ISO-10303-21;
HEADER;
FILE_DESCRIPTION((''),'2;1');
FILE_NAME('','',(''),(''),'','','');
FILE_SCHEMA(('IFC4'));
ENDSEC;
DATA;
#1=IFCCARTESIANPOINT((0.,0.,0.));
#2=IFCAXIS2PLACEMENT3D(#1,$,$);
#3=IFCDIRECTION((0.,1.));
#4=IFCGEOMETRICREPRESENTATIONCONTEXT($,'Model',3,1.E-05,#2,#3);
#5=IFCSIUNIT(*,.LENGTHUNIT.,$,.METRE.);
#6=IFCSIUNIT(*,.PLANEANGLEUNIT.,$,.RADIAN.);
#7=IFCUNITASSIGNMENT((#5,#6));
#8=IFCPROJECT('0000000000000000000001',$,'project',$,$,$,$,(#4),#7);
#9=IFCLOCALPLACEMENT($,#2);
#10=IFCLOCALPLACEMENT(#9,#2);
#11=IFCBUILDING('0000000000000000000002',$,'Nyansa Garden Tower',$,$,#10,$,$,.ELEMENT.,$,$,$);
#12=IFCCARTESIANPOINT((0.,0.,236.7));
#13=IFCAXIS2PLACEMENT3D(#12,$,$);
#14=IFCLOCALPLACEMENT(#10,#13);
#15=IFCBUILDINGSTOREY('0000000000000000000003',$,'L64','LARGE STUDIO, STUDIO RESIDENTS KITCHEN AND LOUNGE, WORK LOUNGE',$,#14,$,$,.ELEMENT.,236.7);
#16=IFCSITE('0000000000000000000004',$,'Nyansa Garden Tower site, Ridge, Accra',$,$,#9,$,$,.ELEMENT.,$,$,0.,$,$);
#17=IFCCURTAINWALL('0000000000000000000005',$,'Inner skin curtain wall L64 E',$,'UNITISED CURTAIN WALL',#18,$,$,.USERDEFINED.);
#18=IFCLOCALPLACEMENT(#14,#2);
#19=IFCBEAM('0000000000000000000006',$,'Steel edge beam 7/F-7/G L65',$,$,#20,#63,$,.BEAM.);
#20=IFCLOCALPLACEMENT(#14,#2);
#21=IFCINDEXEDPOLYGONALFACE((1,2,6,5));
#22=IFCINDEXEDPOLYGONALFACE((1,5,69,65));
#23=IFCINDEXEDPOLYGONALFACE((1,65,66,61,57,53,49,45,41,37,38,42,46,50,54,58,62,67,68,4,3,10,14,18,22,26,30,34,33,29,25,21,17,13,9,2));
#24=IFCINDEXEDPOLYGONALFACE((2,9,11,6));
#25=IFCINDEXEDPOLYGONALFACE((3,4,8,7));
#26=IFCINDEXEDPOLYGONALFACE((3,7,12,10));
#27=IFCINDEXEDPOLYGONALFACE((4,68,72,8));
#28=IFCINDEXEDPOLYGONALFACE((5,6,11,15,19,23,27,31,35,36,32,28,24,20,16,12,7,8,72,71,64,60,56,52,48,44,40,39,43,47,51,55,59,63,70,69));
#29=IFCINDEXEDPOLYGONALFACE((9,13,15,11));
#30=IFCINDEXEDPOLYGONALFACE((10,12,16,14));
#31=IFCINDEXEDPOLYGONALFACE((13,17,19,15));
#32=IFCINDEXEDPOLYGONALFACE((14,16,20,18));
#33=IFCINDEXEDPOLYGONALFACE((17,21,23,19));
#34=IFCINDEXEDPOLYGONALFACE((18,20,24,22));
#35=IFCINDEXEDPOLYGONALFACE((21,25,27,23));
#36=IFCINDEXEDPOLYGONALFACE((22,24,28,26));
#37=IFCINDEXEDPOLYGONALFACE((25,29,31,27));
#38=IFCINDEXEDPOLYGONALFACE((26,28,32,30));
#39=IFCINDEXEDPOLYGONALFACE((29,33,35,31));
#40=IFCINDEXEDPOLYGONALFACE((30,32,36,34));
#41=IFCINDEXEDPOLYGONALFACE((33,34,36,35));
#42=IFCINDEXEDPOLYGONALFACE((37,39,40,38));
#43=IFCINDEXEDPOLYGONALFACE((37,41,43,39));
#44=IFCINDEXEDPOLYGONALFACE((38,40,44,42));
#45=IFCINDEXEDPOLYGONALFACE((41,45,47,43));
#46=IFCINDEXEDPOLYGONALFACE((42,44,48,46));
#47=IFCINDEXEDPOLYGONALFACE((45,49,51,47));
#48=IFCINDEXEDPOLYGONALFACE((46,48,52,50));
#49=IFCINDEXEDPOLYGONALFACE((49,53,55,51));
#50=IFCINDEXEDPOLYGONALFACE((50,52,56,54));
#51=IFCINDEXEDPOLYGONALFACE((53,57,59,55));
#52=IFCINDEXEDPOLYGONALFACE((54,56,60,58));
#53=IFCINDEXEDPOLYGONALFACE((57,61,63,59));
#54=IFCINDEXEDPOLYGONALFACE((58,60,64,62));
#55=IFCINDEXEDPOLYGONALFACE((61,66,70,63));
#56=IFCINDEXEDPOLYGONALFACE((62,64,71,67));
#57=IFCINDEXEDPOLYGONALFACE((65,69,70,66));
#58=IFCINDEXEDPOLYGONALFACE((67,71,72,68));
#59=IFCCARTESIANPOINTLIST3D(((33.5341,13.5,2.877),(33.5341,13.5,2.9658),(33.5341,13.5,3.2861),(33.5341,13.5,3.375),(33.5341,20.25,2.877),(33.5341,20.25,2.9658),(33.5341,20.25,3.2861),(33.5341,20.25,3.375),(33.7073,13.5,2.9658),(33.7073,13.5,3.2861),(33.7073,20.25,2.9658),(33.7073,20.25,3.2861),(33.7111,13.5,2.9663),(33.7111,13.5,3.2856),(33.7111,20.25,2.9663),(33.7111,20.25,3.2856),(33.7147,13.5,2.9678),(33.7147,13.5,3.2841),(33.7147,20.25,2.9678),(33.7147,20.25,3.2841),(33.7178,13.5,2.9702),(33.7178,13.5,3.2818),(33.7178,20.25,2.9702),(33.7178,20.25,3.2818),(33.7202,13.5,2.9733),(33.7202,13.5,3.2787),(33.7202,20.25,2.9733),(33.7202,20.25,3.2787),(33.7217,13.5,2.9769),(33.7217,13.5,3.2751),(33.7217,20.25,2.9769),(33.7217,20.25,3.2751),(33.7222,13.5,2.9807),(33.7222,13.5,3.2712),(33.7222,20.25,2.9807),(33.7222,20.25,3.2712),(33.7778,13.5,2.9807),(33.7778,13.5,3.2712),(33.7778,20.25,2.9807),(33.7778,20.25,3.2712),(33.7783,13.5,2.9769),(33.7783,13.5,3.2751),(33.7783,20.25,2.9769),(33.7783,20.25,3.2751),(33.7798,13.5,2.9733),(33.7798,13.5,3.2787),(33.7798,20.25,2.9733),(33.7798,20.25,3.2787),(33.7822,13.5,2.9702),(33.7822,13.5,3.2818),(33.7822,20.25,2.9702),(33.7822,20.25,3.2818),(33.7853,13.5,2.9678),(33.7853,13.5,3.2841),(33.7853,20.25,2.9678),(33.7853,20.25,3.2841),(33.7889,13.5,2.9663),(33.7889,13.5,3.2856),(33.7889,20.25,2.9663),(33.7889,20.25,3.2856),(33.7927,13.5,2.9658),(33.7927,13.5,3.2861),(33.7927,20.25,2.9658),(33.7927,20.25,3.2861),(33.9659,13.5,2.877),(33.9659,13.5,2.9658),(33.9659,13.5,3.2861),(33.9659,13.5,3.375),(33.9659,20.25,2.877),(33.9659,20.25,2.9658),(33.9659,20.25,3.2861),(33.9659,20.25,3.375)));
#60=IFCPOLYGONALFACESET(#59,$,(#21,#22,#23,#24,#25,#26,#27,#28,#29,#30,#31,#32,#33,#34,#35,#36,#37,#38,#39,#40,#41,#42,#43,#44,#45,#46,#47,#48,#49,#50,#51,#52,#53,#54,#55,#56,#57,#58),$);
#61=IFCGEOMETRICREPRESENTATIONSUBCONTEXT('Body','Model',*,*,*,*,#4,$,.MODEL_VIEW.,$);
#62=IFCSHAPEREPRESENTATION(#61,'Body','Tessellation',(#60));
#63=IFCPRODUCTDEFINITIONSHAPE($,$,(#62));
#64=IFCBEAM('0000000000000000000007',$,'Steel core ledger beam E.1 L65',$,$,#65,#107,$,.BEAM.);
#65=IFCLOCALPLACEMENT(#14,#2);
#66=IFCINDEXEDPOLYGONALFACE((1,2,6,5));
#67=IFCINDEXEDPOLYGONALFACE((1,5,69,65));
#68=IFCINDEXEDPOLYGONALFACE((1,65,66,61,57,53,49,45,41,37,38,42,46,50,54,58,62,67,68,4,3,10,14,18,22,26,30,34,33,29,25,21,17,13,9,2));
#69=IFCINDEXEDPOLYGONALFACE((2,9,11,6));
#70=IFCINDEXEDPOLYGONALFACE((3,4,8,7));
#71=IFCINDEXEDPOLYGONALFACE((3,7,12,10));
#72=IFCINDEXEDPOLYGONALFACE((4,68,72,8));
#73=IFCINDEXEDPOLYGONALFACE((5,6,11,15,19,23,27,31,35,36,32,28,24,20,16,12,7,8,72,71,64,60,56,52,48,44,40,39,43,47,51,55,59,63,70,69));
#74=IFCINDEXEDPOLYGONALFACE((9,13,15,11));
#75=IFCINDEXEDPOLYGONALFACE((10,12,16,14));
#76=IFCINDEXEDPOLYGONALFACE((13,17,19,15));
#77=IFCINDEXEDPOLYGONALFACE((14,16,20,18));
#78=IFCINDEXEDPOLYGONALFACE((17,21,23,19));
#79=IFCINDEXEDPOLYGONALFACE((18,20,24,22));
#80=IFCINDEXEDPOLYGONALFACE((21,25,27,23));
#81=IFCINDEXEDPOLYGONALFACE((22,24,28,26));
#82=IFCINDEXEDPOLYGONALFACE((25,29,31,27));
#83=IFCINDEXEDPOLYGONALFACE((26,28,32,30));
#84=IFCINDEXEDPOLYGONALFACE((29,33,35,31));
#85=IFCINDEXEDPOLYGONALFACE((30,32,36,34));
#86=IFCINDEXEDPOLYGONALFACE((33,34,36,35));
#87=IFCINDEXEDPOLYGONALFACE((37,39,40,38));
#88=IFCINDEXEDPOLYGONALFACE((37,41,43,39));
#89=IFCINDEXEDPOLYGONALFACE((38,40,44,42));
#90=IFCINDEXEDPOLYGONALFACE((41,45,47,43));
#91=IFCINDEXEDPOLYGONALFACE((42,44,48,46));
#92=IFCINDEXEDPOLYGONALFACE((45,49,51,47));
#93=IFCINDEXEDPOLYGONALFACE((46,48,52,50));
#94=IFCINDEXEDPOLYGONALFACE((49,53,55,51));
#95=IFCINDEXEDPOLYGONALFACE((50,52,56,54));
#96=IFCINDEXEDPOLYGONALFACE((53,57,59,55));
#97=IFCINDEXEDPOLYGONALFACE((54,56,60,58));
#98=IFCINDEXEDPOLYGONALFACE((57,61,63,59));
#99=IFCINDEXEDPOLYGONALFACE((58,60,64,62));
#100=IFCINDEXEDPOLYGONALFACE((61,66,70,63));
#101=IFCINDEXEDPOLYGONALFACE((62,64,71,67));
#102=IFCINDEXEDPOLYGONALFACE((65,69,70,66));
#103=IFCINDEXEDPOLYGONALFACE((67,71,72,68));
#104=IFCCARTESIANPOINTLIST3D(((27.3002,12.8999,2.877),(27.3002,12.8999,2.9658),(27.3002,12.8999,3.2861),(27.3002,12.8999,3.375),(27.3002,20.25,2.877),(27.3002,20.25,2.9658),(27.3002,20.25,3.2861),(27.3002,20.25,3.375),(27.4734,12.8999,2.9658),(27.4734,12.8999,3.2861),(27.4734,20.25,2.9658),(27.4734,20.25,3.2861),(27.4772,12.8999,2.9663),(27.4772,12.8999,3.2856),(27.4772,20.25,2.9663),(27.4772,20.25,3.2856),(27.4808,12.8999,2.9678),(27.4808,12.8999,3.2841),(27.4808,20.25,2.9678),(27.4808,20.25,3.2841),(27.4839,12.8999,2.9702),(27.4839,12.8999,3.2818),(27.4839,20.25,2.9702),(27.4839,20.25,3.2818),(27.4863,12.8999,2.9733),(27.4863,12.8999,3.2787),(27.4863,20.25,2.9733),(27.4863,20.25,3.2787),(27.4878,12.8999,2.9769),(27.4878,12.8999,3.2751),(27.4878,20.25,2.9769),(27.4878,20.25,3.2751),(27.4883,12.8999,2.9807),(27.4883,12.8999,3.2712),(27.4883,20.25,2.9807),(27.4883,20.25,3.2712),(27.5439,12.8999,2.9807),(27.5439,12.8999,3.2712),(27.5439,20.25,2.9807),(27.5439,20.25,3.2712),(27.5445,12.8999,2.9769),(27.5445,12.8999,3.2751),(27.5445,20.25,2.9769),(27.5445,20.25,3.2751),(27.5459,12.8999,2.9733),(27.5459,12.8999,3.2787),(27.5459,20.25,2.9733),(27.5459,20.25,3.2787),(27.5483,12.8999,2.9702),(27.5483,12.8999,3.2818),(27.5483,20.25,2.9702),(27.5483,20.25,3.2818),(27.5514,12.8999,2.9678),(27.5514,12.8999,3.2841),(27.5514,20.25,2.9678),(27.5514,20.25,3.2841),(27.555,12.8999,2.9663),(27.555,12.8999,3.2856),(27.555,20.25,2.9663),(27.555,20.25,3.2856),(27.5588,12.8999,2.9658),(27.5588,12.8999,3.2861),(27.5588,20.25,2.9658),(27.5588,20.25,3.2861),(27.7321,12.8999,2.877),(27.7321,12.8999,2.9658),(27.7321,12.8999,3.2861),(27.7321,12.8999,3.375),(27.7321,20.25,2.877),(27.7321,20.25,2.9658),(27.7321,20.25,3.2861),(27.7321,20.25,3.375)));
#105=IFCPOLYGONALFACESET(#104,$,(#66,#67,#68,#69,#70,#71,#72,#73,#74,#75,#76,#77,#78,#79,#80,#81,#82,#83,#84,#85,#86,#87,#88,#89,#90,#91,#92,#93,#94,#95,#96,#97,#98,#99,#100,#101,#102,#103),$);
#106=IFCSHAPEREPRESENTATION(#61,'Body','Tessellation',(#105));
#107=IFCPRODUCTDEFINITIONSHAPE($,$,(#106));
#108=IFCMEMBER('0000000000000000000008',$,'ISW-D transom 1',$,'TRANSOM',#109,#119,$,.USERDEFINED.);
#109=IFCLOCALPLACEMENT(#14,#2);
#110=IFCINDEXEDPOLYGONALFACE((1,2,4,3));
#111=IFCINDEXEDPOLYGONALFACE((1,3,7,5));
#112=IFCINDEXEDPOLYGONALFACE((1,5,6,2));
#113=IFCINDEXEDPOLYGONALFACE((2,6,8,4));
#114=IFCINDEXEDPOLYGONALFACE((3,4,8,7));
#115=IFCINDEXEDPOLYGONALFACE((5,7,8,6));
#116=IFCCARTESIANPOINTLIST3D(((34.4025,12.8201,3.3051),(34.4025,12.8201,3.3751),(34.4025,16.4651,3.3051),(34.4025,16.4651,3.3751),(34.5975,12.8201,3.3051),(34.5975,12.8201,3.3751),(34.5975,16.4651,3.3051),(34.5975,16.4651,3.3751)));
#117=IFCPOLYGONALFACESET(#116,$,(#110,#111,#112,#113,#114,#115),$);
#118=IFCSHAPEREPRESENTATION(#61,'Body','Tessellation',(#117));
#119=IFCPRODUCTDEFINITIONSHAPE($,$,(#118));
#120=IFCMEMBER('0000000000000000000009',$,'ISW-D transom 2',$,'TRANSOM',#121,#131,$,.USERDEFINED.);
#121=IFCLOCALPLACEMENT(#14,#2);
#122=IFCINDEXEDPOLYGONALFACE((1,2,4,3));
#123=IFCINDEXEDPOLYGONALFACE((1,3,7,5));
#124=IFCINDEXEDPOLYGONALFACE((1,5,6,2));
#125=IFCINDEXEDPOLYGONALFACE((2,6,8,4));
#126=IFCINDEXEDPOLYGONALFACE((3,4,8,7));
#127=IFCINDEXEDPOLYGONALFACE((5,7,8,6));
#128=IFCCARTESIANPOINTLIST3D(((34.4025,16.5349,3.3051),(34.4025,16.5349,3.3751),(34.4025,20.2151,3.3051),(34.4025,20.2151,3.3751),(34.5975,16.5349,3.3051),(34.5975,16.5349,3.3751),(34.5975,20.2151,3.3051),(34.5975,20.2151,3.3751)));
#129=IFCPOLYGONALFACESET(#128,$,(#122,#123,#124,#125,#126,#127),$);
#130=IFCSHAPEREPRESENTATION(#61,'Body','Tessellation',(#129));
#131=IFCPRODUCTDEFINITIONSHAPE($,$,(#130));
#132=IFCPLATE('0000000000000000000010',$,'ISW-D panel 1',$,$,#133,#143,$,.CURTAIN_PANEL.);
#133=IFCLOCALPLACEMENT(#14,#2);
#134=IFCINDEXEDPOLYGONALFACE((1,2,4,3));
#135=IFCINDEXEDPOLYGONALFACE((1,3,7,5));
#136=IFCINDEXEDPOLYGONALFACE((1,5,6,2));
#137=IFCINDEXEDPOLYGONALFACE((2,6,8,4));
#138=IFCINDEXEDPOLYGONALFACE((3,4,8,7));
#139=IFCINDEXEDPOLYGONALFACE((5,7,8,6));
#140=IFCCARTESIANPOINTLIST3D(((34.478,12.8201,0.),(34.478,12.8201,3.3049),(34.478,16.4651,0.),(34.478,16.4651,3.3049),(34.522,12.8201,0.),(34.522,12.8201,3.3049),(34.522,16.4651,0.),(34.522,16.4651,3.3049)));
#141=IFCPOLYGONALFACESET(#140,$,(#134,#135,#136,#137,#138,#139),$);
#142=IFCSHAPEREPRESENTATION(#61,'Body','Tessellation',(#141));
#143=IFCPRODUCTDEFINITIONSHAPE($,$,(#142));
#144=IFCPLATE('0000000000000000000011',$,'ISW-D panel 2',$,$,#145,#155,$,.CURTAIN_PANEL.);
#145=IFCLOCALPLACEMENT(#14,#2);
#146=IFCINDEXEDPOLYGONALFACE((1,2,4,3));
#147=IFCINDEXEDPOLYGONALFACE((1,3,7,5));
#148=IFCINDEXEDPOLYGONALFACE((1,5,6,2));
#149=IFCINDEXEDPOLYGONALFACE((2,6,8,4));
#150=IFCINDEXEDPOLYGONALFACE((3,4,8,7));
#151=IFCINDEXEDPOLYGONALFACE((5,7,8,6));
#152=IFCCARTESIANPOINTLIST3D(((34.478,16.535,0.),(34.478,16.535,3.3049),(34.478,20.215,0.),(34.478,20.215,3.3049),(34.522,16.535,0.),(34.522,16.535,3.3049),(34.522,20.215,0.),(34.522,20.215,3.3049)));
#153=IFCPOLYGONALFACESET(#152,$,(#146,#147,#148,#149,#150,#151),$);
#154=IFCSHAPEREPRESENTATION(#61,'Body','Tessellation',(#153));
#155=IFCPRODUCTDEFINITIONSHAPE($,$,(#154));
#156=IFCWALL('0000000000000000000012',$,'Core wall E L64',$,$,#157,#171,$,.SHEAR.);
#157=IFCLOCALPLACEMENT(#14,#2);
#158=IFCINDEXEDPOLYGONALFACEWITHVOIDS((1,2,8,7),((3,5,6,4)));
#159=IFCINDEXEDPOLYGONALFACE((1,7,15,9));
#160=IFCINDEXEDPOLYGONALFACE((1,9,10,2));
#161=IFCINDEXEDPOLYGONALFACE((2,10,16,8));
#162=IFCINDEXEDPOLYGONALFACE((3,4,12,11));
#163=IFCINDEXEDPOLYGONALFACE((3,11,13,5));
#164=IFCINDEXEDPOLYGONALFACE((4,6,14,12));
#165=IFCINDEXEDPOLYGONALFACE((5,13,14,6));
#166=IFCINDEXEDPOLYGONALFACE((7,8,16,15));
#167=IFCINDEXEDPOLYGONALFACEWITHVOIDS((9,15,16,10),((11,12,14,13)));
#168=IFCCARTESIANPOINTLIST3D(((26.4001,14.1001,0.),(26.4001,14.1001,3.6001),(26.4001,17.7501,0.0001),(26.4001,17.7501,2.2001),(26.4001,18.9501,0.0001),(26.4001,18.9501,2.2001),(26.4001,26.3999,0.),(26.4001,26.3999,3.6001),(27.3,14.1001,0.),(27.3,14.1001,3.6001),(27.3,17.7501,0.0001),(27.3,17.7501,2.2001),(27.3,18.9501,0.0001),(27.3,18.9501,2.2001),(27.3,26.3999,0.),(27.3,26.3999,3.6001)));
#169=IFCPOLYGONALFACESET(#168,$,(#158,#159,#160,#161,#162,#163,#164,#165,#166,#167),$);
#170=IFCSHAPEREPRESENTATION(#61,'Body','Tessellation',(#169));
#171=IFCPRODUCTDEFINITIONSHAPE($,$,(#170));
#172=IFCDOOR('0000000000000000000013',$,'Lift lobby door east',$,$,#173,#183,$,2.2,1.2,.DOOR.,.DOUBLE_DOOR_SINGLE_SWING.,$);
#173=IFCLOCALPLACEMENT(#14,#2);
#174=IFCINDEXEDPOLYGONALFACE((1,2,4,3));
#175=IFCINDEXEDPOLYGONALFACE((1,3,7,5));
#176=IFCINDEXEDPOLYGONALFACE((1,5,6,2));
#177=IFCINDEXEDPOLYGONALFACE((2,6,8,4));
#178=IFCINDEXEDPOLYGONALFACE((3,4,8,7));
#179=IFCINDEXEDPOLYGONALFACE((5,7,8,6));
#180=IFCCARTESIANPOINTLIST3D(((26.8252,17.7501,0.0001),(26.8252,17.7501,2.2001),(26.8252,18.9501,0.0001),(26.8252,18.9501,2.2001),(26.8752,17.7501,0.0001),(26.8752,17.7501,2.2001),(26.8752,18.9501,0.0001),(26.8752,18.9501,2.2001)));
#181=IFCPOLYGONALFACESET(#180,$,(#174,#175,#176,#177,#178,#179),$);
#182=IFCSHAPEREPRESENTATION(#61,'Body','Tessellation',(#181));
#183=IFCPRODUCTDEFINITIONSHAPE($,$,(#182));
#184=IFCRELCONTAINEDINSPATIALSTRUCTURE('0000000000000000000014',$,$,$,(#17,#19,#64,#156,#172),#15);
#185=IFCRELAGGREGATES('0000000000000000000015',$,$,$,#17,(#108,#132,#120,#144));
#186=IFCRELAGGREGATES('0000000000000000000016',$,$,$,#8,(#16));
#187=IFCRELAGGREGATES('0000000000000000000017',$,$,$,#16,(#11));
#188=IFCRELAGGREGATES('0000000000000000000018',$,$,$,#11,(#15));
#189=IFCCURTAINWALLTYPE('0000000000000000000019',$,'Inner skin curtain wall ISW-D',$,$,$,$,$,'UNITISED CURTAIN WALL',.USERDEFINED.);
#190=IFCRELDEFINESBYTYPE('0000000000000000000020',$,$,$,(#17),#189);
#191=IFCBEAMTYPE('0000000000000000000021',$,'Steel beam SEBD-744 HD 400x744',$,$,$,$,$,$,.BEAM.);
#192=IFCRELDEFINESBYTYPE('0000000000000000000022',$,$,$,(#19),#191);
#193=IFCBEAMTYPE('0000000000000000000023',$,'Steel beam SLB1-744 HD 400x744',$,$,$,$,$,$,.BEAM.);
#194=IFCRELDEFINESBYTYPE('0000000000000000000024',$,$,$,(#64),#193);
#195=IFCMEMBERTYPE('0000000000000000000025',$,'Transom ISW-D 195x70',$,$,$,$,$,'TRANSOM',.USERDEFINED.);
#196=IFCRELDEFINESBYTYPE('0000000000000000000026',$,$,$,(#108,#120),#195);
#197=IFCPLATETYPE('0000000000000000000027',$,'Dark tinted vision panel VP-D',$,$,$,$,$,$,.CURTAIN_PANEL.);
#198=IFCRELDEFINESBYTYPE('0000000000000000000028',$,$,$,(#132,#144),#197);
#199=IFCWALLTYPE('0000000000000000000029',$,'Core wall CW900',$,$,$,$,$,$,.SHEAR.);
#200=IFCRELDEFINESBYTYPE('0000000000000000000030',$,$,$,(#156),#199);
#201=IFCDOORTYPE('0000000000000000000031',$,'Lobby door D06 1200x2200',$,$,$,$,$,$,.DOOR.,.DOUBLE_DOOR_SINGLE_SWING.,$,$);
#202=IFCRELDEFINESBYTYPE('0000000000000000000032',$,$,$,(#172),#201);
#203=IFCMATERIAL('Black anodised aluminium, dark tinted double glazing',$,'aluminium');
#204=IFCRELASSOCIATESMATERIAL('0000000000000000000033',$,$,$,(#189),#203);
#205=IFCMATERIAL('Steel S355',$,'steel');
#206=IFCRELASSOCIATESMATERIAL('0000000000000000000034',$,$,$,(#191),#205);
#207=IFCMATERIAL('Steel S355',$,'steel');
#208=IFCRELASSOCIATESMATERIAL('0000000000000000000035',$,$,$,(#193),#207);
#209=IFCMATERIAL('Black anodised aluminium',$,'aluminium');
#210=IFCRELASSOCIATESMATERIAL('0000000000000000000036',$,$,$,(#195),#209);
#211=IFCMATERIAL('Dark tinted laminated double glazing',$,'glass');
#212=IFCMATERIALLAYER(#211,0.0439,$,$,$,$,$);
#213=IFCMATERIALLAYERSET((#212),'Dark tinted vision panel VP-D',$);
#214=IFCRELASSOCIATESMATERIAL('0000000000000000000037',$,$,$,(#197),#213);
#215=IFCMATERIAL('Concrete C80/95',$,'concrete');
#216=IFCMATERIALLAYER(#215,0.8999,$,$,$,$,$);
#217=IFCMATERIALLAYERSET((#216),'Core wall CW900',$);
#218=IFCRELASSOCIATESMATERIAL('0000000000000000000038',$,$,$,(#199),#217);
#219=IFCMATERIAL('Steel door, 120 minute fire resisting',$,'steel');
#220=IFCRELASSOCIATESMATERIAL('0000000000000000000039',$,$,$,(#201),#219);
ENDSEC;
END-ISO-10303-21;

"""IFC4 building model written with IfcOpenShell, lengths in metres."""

from ifc_helpers import new_model, si_unit, direction, frame, frame_2d, origin, origin_2d, place, context, subcontext, project, spatial, rectangle, i_section, extrude, material, layer, layer_set, material_profile, profile_set, type_object, element, fill, aggregate, save


model = new_model("IFC4")

# Units and contexts
model_context = context("Model", 3, precision=1e-05, world=origin(), true_north=direction((0.0, 1.0)))
body_context = subcontext(model_context, "Body", "Model", "MODEL_VIEW")
ifc_project = project(units=[si_unit("LENGTHUNIT", "METRE"), si_unit("PLANEANGLEUNIT", "RADIAN")], contexts=[model_context])

# Site, building, storey
site_placement = place(None, origin())
site = spatial("IfcSite", under=ifc_project, at=site_placement, Name="Nyansa Garden Tower site, Ridge, Accra", CompositionType="ELEMENT", RefElevation=0.0)
building_placement = place(site_placement, origin())
building = spatial("IfcBuilding", under=site, at=building_placement, Name="Nyansa Garden Tower", CompositionType="ELEMENT")
storey_placement = place(building_placement, frame((0.0, 0.0, 236.7)))
storey = spatial("IfcBuildingStorey", under=building, at=storey_placement, Name="L64", Description="LARGE STUDIO, STUDIO RESIDENTS KITCHEN AND LOUNGE, WORK LOUNGE", CompositionType="ELEMENT", Elevation=236.7)

# Curtain wall
ifc_material_1 = material(Name="Black anodised aluminium, dark tinted double glazing", Category="aluminium")
curtain_wall_type = type_object("IfcCurtainWallType", Name="Inner skin curtain wall ISW-D", ElementType="UNITISED CURTAIN WALL", PredefinedType="USERDEFINED", material=ifc_material_1)
curtain_wall_placement = place(storey_placement, origin())
curtain_wall = element("IfcCurtainWall", 1, at=curtain_wall_placement, inside=storey, type_object=curtain_wall_type, Name="Inner skin curtain wall L64 E", ObjectType="UNITISED CURTAIN WALL", PredefinedType="USERDEFINED")

# Beams
ifc_material_2 = material(Name="Steel S355", Category="steel")
ifc_material_profile_1 = material_profile(ifc_material_2, i_section(OverallWidth=0.4319, OverallDepth=0.498, WebThickness=0.0557, FlangeThickness=0.0889, FilletRadius=0.0149, at=origin_2d()), Name="HD 400x744")
ifc_profile_set_1 = profile_set([ifc_material_profile_1], Name="Steel S355")
beam_type_1 = type_object("IfcBeamType", Name="Steel beam SEBD-744 HD 400x744", PredefinedType="BEAM", material=ifc_profile_set_1)
beam_1_placement = place(storey_placement, frame((33.75, 13.5, 3.126), z_axis=(0.0, 1.0, 0.0), x_axis=(-1.0, 0.0, 0.0)))
element("IfcBeam", 2, at=beam_1_placement, inside=storey, type_object=beam_type_1, Name="Steel edge beam 7/F-7/G L65", PredefinedType="BEAM", context=body_context, shape_type="SweptSolid", body=[
    extrude(i_section(OverallWidth=0.4319, OverallDepth=0.498, WebThickness=0.0557, FlangeThickness=0.0889, FilletRadius=0.0149, at=origin_2d()), origin(), (0.0, 0.0, 1.0), 6.75),
])
ifc_material_3 = material(Name="Steel S355", Category="steel")
ifc_material_profile_2 = material_profile(ifc_material_3, i_section(OverallWidth=0.4319, OverallDepth=0.498, WebThickness=0.0557, FlangeThickness=0.0889, FilletRadius=0.0149, at=origin_2d()), Name="HD 400x744")
ifc_profile_set_2 = profile_set([ifc_material_profile_2], Name="Steel S355")
beam_type_2 = type_object("IfcBeamType", Name="Steel beam SLB1-744 HD 400x744", PredefinedType="BEAM", material=ifc_profile_set_2)
beam_2_placement = place(storey_placement, frame((27.5161, 12.8999, 3.126), z_axis=(0.0, 1.0, 0.0), x_axis=(-1.0, 0.0, 0.0)))
element("IfcBeam", 3, at=beam_2_placement, inside=storey, type_object=beam_type_2, Name="Steel core ledger beam E.1 L65", PredefinedType="BEAM", context=body_context, shape_type="SweptSolid", body=[
    extrude(i_section(OverallWidth=0.4319, OverallDepth=0.498, WebThickness=0.0557, FlangeThickness=0.0889, FilletRadius=0.0149, at=origin_2d()), origin(), (0.0, 0.0, 1.0), 7.3501),
])

# Members
ifc_material_4 = material(Name="Black anodised aluminium", Category="aluminium")
ifc_material_profile_3 = material_profile(ifc_material_4, rectangle(XDim=0.1951, YDim=0.0701, at=origin_2d()), Name="Transom 195x70")
ifc_profile_set_3 = profile_set([ifc_material_profile_3], Name="Black anodised aluminium")
member_type_1 = type_object("IfcMemberType", Name="Transom ISW-D 195x70", ElementType="TRANSOM", PredefinedType="USERDEFINED", material=ifc_profile_set_3)
member_1_placement = place(storey_placement, frame((34.5, 12.8201, 3.3401), z_axis=(0.0, 1.0, 0.0), x_axis=(-1.0, 0.0, 0.0)))
member_1 = element("IfcMember", 4, at=member_1_placement, type_object=member_type_1, Name="ISW-D transom 1", ObjectType="TRANSOM", PredefinedType="USERDEFINED", context=body_context, shape_type="SweptSolid", body=[
    extrude(rectangle(XDim=0.1951, YDim=0.0701, at=origin_2d()), origin(), (0.0, 0.0, 1.0), 3.645),
])
member_2_placement = place(storey_placement, frame((34.5, 16.5349, 3.3401), z_axis=(0.0, 1.0, 0.0), x_axis=(-1.0, 0.0, 0.0)))
member_2 = element("IfcMember", 5, at=member_2_placement, type_object=member_type_1, Name="ISW-D transom 2", ObjectType="TRANSOM", PredefinedType="USERDEFINED", context=body_context, shape_type="SweptSolid", body=[
    extrude(rectangle(XDim=0.1951, YDim=0.0701, at=origin_2d()), origin(), (0.0, 0.0, 1.0), 3.6802),
])

# Plates
ifc_material_5 = material(Name="Dark tinted laminated double glazing", Category="glass")
ifc_layer_1 = layer(ifc_material_5, 0.0439)
ifc_layer_set_1 = layer_set([ifc_layer_1], Name="Dark tinted vision panel VP-D")
plate_type = type_object("IfcPlateType", Name="Dark tinted vision panel VP-D", PredefinedType="CURTAIN_PANEL", material=ifc_layer_set_1)
plate_1_placement = place(storey_placement, frame((34.5, 14.6426, 0.0), z_axis=(0.0, 0.0, 1.0), x_axis=(0.0, 1.0, 0.0)))
plate_1 = element("IfcPlate", 6, at=plate_1_placement, type_object=plate_type, Name="ISW-D panel 1", PredefinedType="CURTAIN_PANEL", context=body_context, shape_type="SweptSolid", body=[
    extrude(rectangle(XDim=3.645, YDim=0.0439, at=origin_2d()), origin(), (0.0, 0.0, 1.0), 3.3049),
])
plate_2_placement = place(storey_placement, frame((34.5, 18.375, 0.0), z_axis=(0.0, 0.0, 1.0), x_axis=(0.0, 1.0, 0.0)))
plate_2 = element("IfcPlate", 7, at=plate_2_placement, type_object=plate_type, Name="ISW-D panel 2", PredefinedType="CURTAIN_PANEL", context=body_context, shape_type="SweptSolid", body=[
    extrude(rectangle(XDim=3.6799, YDim=0.0439, at=origin_2d()), origin(), (0.0, 0.0, 1.0), 3.3049),
])
aggregate(curtain_wall, [member_1, plate_1, member_2, plate_2])

# Wall, opening, door
ifc_material_6 = material(Name="Concrete C80/95", Category="concrete")
ifc_layer_2 = layer(ifc_material_6, 0.8999)
ifc_layer_set_2 = layer_set([ifc_layer_2], Name="Core wall CW900")
wall_type_1 = type_object("IfcWallType", Name="Core wall CW900", PredefinedType="SHEAR", material=ifc_layer_set_2)
wall_1_placement = place(storey_placement, frame((26.8501, 14.1001, 0.0), z_axis=(0.0, 0.0, 1.0), x_axis=(0.0, 1.0, 0.0)))
wall_1 = element("IfcWall", 8, at=wall_1_placement, inside=storey, type_object=wall_type_1, Name="Core wall E L64", PredefinedType="SHEAR", context=body_context, shape_type="SweptSolid", body=[
    extrude(rectangle(XDim=12.2998, YDim=0.8999, at=frame_2d((6.1499, 0.0))), origin(), (0.0, 0.0, 1.0), 3.6001),
])
opening_1_placement = place(wall_1_placement, frame((3.6499, 0.0, 0.0)))
opening_1 = element("IfcOpeningElement", 9, at=opening_1_placement, cuts=wall_1, PredefinedType="OPENING", context=body_context, shape_type="SweptSolid", body=[
    extrude(rectangle(XDim=1.2, YDim=2.2, at=frame_2d((0.6001, 1.1001))), frame((0.0, 0.46, 0.0), z_axis=(0.0, -1.0, 0.0), x_axis=(1.0, 0.0, 0.0)), (0.0, 0.0, 1.0), 0.9199),
])
ifc_material_7 = material(Name="Steel door, 120 minute fire resisting", Category="steel")
door_type = type_object("IfcDoorType", Name="Lobby door D06 1200x2200", OperationType="DOUBLE_DOOR_SINGLE_SWING", PredefinedType="DOOR", material=ifc_material_7)
door_placement = place(opening_1_placement, origin())
door = element("IfcDoor", 10, at=door_placement, inside=storey, type_object=door_type, Name="Lift lobby door east", OperationType="DOUBLE_DOOR_SINGLE_SWING", OverallHeight=2.2, OverallWidth=1.2, PredefinedType="DOOR", context=body_context, shape_type="SweptSolid", body=[
    extrude(rectangle(XDim=1.2, YDim=2.2, at=frame_2d((0.6001, 1.1001))), frame((0.0, 0.0249, 0.0), z_axis=(0.0, -1.0, 0.0), x_axis=(1.0, 0.0, 0.0)), (0.0, 0.0, 1.0), 0.05),
])
fill(opening_1, door)

save(model, "model.ifc")
